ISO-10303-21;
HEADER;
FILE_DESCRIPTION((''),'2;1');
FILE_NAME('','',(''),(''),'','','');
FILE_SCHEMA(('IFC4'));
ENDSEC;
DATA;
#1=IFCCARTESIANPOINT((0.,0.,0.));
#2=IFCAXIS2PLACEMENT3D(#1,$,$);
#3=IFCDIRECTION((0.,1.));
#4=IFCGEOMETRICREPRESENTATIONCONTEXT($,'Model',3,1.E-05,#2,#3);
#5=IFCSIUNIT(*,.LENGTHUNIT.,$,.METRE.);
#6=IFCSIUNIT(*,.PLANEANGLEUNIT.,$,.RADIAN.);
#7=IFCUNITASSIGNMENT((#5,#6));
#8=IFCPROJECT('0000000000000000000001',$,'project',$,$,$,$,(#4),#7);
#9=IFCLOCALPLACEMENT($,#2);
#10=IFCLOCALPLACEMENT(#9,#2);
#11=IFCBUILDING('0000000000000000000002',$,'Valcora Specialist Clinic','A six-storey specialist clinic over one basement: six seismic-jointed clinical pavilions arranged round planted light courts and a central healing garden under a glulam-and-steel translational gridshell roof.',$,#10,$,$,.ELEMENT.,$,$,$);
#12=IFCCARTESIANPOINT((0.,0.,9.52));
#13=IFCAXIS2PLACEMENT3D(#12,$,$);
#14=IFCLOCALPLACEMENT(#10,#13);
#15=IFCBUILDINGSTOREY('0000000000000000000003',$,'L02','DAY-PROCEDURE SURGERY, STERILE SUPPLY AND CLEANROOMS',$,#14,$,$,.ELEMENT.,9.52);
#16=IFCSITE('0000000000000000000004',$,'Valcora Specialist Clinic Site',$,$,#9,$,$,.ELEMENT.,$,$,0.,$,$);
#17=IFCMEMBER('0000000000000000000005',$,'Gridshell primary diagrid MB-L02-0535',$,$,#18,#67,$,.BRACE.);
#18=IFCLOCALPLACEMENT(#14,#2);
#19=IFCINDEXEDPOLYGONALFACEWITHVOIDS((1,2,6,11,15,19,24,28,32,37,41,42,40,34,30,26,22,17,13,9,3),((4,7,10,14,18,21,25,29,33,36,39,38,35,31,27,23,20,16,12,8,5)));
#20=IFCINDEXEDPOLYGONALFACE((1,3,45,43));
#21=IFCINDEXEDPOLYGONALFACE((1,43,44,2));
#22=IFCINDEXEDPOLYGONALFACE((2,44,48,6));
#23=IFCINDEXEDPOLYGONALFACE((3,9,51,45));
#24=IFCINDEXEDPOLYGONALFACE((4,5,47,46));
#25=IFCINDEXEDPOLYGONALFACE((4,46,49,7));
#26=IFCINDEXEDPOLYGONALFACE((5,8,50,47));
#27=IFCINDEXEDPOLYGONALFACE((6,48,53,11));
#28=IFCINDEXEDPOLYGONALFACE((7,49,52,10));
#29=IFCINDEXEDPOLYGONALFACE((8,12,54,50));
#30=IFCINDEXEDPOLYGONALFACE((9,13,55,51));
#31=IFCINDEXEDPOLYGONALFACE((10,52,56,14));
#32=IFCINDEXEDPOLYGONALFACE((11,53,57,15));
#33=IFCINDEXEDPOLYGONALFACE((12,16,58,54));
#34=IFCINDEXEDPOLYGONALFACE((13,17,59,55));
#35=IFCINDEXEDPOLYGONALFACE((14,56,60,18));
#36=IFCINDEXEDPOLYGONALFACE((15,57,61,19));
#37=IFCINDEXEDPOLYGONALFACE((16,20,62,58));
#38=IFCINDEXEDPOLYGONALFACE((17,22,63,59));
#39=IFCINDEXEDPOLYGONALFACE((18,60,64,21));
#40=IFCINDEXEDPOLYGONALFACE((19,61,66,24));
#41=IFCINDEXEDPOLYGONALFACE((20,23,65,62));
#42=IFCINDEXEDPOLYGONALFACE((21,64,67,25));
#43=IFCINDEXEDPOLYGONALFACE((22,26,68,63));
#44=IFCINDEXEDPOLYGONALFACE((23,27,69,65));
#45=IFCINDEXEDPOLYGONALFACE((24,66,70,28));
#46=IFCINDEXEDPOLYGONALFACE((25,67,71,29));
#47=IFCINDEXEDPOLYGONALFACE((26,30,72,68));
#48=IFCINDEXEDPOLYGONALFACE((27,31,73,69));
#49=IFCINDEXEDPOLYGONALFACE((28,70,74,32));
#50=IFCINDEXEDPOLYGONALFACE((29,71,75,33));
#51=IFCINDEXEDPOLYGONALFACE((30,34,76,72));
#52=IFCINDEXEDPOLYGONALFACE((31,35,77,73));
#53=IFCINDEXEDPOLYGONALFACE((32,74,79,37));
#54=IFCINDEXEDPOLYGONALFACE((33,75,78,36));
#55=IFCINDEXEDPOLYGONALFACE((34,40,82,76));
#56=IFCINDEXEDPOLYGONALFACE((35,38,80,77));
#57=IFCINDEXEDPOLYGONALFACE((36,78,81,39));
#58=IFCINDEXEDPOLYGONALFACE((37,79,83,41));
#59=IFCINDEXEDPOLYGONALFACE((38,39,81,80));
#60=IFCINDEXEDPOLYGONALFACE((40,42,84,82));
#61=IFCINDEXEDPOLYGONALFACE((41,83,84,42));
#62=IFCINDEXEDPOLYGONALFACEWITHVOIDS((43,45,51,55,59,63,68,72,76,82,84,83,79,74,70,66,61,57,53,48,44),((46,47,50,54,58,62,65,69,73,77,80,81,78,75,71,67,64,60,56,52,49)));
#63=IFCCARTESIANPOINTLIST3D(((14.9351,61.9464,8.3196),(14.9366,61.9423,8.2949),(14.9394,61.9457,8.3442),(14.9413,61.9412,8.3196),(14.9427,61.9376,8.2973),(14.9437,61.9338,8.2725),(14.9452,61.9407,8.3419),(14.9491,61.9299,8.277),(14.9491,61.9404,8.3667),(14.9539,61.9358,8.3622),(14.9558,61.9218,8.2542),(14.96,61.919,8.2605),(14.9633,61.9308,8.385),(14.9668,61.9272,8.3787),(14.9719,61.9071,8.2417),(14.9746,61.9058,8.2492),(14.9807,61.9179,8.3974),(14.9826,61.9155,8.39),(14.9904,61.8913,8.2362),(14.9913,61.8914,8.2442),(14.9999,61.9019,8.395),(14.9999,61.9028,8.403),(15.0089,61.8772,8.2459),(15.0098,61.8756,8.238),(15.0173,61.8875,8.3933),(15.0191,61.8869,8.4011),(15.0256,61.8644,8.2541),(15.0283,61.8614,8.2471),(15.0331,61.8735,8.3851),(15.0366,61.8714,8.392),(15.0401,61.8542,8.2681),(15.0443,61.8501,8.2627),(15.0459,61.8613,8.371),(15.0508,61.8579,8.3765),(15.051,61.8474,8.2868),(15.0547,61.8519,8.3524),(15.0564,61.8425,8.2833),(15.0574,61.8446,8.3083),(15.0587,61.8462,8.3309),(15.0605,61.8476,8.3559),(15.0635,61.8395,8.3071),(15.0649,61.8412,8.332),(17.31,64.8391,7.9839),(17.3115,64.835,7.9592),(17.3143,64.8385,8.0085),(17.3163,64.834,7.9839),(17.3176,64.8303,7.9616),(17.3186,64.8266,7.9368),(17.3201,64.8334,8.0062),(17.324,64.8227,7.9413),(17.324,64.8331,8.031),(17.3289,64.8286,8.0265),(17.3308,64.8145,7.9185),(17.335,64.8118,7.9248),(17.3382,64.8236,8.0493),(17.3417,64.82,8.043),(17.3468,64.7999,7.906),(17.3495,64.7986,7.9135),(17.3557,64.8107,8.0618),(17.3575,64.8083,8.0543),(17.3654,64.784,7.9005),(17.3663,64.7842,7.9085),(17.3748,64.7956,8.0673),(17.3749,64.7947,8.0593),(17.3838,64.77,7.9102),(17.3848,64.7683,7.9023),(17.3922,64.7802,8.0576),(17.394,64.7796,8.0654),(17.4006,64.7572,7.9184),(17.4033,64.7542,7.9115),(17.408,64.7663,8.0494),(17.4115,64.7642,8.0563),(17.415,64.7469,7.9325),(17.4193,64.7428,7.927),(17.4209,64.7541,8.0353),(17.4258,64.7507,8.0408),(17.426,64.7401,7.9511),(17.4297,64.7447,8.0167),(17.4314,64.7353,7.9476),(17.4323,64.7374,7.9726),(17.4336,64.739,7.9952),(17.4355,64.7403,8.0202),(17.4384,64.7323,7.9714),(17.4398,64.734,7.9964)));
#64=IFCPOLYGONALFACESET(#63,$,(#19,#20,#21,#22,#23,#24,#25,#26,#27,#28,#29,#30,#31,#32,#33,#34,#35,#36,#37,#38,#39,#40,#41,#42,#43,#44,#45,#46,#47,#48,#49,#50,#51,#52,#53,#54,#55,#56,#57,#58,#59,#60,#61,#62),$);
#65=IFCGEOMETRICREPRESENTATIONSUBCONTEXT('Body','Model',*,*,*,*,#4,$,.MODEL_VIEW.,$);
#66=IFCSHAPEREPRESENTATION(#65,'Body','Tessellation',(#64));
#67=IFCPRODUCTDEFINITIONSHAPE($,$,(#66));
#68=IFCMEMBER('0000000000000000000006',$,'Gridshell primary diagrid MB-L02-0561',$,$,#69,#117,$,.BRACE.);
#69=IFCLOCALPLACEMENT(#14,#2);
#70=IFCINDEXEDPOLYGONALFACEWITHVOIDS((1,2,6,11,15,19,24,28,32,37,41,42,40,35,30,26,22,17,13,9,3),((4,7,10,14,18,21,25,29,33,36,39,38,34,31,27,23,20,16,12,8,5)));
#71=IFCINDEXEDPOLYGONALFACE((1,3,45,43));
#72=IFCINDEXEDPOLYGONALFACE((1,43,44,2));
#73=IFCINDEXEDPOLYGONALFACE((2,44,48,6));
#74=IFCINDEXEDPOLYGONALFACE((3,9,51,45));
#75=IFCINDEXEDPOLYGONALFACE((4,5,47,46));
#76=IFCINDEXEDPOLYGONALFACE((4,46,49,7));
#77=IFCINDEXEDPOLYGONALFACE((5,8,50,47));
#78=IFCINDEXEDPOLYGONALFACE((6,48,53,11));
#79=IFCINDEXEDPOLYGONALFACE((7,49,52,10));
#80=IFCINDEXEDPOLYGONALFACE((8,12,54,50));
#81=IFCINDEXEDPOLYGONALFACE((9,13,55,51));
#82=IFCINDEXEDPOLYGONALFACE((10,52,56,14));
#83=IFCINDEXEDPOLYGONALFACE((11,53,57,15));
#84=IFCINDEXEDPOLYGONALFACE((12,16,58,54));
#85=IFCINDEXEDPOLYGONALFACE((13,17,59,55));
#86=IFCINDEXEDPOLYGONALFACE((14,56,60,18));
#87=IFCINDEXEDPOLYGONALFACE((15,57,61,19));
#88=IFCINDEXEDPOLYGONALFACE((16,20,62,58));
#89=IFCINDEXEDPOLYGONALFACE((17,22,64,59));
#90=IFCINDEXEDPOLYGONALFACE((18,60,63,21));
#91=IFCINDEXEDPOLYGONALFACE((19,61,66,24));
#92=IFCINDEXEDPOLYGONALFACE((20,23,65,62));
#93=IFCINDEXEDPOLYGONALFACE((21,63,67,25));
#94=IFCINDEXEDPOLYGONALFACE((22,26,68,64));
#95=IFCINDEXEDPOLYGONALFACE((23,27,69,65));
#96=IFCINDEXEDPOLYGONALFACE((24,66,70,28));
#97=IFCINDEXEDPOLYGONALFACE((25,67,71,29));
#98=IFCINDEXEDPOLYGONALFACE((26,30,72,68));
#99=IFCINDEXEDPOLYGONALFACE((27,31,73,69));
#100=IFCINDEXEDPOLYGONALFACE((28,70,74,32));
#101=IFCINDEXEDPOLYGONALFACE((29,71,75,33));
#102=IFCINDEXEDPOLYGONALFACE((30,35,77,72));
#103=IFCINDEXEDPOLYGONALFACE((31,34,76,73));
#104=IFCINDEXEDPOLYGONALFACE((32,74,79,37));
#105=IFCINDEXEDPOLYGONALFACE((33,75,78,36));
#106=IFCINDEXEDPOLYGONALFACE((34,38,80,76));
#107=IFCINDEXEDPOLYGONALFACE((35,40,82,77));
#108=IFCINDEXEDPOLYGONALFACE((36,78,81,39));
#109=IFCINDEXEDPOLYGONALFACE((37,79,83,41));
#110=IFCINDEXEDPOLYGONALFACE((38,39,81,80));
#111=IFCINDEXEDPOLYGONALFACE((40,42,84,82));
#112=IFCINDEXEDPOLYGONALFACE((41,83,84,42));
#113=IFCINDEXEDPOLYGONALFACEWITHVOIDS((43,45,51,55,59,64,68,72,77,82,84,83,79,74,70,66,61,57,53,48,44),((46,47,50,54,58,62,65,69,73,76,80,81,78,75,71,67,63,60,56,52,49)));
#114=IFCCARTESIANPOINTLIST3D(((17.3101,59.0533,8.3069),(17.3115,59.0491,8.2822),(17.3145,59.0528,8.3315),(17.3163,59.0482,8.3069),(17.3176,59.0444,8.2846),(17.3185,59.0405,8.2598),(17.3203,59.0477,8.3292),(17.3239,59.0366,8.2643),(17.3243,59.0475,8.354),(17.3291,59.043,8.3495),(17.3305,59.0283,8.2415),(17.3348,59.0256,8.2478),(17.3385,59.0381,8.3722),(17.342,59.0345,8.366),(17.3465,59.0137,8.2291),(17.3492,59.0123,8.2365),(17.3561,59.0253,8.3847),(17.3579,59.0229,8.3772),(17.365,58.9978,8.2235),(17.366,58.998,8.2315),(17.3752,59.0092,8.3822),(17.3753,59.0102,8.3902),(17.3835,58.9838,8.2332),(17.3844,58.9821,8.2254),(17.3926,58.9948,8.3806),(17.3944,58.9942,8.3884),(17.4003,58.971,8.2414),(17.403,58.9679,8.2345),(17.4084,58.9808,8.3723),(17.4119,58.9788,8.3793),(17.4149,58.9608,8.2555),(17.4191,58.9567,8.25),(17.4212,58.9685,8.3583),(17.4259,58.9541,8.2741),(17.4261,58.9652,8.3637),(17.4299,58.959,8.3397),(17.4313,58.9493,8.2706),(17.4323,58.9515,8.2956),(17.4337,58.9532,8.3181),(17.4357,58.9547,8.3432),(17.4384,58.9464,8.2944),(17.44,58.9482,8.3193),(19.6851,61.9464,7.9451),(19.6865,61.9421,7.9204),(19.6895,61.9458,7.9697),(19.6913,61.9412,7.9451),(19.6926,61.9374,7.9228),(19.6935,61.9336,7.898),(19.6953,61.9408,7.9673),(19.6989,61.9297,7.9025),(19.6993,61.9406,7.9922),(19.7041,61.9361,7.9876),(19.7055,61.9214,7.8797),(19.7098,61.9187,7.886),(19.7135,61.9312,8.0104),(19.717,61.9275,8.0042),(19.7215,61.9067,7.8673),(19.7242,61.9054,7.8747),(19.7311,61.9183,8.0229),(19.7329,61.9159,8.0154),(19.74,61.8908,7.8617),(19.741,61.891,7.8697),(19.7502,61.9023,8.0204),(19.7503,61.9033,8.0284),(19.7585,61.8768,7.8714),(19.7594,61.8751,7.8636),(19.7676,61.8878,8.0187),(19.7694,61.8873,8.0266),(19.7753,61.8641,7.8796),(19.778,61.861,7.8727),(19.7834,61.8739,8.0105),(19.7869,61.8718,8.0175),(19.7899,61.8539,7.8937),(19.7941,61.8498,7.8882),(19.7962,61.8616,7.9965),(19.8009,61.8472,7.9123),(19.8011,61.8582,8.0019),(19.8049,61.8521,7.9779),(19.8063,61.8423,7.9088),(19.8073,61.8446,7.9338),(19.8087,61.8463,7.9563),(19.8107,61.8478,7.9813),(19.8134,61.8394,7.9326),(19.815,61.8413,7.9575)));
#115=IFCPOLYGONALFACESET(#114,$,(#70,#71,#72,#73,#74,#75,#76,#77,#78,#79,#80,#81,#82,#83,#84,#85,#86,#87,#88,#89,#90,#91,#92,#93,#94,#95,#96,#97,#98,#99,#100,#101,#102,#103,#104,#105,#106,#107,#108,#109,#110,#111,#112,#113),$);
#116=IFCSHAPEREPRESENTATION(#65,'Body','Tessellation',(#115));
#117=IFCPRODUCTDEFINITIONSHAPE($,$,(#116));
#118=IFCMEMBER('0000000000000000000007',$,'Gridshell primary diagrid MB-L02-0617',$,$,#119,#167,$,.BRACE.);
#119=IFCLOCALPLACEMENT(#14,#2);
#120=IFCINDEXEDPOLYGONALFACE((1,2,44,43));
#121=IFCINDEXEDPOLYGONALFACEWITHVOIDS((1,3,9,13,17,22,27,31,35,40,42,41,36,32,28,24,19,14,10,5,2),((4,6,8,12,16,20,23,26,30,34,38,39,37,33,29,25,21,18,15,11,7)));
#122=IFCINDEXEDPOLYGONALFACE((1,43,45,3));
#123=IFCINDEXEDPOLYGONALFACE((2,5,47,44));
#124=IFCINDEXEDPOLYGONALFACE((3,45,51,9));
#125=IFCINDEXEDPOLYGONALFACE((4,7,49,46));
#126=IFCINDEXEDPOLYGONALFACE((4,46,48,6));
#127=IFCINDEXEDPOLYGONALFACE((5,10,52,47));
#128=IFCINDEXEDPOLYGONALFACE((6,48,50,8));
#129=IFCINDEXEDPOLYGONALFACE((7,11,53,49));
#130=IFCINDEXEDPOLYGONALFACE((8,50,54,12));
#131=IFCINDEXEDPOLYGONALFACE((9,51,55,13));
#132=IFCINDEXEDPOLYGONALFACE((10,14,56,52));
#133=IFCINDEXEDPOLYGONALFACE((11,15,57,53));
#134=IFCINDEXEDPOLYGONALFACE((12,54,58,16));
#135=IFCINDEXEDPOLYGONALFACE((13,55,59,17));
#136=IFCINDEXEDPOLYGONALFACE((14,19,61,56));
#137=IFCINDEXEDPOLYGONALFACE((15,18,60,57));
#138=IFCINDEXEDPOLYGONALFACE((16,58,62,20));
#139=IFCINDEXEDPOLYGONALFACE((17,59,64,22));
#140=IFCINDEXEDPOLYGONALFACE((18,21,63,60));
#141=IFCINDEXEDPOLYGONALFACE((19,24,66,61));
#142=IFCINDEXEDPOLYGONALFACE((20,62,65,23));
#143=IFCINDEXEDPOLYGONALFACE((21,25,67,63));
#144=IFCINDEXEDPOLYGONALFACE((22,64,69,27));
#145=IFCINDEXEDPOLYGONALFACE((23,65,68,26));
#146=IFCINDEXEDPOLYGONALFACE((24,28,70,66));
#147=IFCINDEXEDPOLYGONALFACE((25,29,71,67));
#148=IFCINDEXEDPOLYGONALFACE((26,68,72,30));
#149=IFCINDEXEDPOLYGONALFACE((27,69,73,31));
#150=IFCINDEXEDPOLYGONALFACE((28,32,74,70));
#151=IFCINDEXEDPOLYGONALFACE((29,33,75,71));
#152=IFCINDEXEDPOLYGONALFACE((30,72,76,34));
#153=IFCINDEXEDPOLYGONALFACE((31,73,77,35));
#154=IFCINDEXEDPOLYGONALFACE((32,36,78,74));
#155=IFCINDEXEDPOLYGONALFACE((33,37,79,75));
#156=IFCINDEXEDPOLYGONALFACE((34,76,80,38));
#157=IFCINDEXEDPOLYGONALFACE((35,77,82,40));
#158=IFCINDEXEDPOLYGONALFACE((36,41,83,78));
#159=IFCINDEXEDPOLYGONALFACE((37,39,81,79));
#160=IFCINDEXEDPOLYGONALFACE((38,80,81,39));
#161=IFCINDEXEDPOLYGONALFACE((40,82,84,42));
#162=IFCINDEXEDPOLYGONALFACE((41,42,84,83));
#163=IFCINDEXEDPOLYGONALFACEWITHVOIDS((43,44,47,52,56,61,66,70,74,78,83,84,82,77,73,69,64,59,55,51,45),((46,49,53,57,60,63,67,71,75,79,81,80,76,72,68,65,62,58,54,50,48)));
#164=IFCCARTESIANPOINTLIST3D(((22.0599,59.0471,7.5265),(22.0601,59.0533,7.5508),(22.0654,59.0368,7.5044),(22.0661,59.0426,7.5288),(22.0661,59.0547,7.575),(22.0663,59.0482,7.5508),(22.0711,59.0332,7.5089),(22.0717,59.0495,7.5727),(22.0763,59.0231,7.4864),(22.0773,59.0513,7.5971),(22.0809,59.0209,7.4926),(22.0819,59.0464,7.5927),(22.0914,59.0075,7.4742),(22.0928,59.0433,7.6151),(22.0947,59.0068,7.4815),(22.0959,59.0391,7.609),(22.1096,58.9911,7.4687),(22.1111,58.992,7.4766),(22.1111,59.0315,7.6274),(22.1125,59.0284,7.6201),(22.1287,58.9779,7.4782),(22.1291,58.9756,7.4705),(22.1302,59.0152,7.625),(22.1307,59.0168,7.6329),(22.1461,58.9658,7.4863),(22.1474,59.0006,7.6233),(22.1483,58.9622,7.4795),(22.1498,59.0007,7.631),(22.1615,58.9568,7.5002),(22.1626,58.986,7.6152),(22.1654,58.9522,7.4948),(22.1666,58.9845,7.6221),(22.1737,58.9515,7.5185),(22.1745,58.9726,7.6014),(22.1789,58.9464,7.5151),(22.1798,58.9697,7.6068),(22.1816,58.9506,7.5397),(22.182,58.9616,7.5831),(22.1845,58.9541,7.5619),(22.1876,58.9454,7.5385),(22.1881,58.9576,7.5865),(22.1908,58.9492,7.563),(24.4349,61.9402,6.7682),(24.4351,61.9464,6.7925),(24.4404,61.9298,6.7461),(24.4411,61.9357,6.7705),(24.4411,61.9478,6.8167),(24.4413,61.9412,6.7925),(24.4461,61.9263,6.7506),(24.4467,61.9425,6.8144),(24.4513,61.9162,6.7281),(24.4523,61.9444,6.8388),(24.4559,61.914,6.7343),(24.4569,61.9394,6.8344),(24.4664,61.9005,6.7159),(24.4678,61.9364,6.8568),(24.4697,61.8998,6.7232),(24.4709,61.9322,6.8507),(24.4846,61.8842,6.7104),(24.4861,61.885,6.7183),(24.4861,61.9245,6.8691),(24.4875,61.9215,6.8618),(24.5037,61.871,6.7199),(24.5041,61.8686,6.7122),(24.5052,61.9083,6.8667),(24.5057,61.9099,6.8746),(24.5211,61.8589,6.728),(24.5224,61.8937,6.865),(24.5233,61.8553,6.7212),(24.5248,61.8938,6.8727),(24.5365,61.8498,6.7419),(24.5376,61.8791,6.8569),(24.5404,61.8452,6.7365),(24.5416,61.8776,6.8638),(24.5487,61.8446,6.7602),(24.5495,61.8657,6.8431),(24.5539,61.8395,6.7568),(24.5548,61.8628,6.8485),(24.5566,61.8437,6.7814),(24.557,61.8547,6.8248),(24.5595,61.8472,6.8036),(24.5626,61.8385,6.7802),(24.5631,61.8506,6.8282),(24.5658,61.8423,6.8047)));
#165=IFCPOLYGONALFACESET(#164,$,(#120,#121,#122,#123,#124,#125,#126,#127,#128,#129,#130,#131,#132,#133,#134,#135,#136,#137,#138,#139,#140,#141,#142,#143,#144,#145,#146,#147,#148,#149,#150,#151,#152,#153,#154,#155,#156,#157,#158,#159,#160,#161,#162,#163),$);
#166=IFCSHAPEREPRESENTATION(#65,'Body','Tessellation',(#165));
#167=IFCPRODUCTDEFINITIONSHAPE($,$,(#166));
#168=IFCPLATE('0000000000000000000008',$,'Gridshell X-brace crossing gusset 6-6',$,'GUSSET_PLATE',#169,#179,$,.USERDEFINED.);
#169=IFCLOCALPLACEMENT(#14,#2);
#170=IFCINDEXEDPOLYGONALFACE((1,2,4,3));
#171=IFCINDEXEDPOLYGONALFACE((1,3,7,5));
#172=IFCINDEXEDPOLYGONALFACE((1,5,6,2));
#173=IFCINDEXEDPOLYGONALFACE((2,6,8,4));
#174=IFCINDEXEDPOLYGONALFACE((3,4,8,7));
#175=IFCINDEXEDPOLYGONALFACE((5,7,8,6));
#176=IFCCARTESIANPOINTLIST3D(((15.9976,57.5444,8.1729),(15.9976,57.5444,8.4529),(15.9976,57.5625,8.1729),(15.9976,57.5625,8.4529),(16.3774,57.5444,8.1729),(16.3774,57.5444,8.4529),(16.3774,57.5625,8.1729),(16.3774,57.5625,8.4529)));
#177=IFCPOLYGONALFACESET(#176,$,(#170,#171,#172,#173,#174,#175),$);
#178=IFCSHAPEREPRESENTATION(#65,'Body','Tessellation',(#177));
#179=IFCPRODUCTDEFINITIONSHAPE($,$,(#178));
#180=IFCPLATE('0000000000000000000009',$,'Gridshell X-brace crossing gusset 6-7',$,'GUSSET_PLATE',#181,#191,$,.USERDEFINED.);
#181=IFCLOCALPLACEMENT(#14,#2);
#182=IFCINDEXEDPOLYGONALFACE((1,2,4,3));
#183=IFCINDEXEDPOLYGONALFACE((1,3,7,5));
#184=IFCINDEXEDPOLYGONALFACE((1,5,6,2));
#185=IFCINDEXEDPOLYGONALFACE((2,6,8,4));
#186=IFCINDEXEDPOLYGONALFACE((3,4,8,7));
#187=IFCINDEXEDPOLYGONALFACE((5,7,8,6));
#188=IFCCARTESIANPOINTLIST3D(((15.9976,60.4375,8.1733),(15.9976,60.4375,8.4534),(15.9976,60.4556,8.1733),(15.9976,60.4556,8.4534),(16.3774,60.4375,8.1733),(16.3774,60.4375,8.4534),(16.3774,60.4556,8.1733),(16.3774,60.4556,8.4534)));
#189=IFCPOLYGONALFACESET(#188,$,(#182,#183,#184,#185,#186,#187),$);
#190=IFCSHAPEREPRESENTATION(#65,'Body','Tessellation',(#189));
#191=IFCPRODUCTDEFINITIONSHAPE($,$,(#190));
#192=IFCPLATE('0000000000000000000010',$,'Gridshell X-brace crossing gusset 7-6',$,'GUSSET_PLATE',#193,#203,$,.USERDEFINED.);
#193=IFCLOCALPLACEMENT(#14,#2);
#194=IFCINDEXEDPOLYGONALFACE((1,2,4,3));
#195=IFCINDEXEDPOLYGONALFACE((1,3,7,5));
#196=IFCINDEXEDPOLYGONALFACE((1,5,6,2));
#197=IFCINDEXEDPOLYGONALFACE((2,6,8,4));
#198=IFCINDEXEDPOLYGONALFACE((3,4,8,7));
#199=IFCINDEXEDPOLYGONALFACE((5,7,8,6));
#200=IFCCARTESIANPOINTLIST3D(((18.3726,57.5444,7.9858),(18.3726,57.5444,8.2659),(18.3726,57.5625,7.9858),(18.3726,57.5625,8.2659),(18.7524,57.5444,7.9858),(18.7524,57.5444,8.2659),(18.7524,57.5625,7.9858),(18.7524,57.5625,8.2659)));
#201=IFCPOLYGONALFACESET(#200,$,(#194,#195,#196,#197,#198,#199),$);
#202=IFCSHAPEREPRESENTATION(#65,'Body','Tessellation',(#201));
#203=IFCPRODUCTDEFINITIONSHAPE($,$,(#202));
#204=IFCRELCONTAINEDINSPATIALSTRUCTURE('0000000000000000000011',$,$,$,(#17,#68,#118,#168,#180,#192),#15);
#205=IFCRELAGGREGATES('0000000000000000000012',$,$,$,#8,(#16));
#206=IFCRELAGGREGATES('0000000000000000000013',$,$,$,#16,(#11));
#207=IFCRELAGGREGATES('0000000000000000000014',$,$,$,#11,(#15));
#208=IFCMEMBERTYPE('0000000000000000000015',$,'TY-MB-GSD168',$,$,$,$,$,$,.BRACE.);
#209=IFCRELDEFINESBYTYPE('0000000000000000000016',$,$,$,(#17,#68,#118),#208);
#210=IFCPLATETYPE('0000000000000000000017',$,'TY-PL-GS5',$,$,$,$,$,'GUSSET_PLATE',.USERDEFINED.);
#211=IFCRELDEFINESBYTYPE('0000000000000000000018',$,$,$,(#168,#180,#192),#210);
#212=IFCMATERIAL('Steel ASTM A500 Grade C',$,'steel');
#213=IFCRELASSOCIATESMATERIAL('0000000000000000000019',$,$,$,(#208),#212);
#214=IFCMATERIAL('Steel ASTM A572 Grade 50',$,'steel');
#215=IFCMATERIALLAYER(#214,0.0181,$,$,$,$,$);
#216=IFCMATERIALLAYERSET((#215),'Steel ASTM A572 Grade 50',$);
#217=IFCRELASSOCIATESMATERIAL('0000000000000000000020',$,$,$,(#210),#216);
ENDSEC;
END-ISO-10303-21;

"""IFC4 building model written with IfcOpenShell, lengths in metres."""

from ifc_helpers import new_model, si_unit, direction, frame, origin, origin_2d, place, context, subcontext, project, spatial, rectangle, hollow_circle, extrude, material, layer, layer_set, material_profile, profile_set, type_object, element, save


model = new_model("IFC4")

# Units and contexts
model_context = context("Model", 3, precision=1e-05, world=origin(), true_north=direction((0.0, 1.0)))
body_context = subcontext(model_context, "Body", "Model", "MODEL_VIEW")
ifc_project = project(units=[si_unit("LENGTHUNIT", "METRE"), si_unit("PLANEANGLEUNIT", "RADIAN")], contexts=[model_context])

# Site, building, storey
site_placement = place(None, origin())
site = spatial("IfcSite", under=ifc_project, at=site_placement, Name="Valcora Specialist Clinic Site", CompositionType="ELEMENT", RefElevation=0.0)
building_placement = place(site_placement, origin())
building = spatial("IfcBuilding", under=site, at=building_placement, Name="Valcora Specialist Clinic", Description="A six-storey specialist clinic over one basement: six seismic-jointed clinical pavilions arranged round planted light courts and a central healing garden under a glulam-and-steel translational gridshell roof.", CompositionType="ELEMENT")
storey_placement = place(building_placement, frame((0.0, 0.0, 9.52)))
storey = spatial("IfcBuildingStorey", under=building, at=storey_placement, Name="L02", Description="DAY-PROCEDURE SURGERY, STERILE SUPPLY AND CLEANROOMS", CompositionType="ELEMENT", Elevation=9.52)

# Members
ifc_material_1 = material(Name="Steel ASTM A500 Grade C", Category="steel")
ifc_material_profile_1 = material_profile(ifc_material_1, hollow_circle(Radius=0.084, WallThickness=0.0081, at=origin_2d()), Name="ST-CHS-168X8")
ifc_profile_set_1 = profile_set([ifc_material_profile_1], Name="Steel ASTM A500 Grade C")
member_type_1 = type_object("IfcMemberType", Name="TY-MB-GSD168", PredefinedType="BRACE", material=ifc_profile_set_1)
member_1_placement = place(storey_placement, frame((15.0, 61.8931, 8.3196), z_axis=(0.632004, 0.7698, -0.08933), x_axis=(-0.77289, 0.63454, 0.0)))
element("IfcMember", 1, at=member_1_placement, inside=storey, type_object=member_type_1, Name="Gridshell primary diagrid MB-L02-0535", PredefinedType="BRACE", context=body_context, shape_type="SweptSolid", body=[
    extrude(hollow_circle(Radius=0.084, WallThickness=0.0081, at=origin_2d()), origin(), (0.0, 0.0, 1.0), 3.7578),
])
member_2_placement = place(storey_placement, frame((17.375, 59.0, 8.3069), z_axis=(0.631565, 0.76933, -0.096215), x_axis=(-0.772916, 0.634508, 0.0)))
element("IfcMember", 2, at=member_2_placement, inside=storey, type_object=member_type_1, Name="Gridshell primary diagrid MB-L02-0561", PredefinedType="BRACE", context=body_context, shape_type="SweptSolid", body=[
    extrude(hollow_circle(Radius=0.084, WallThickness=0.0081, at=origin_2d()), origin(), (0.0, 0.0, 1.0), 3.7605),
])
member_3_placement = place(storey_placement, frame((22.125, 59.0, 7.5508), z_axis=(0.621875, 0.757527, -0.198555), x_axis=(-0.772916, 0.634508, 0.0)))
element("IfcMember", 3, at=member_3_placement, inside=storey, type_object=member_type_1, Name="Gridshell primary diagrid MB-L02-0617", PredefinedType="BRACE", context=body_context, shape_type="SweptSolid", body=[
    extrude(hollow_circle(Radius=0.084, WallThickness=0.0081, at=origin_2d()), origin(), (0.0, 0.0, 1.0), 3.8191),
])

# Plates
ifc_material_2 = material(Name="Steel ASTM A572 Grade 50", Category="steel")
ifc_layer = layer(ifc_material_2, 0.0181)
ifc_layer_set = layer_set([ifc_layer], Name="Steel ASTM A572 Grade 50")
plate_type = type_object("IfcPlateType", Name="TY-PL-GS5", ElementType="GUSSET_PLATE", PredefinedType="USERDEFINED", material=ifc_layer_set)
for number, where, z_axis, x_axis, name in (
    (4, (16.1875, 57.5535, 8.1729), (0.0, 0.0, 1.0), (1.0, 0.0, 0.0), "Gridshell X-brace crossing gusset 6-6"),
    (5, (16.1875, 60.4465, 8.1733), (0.0, 0.0, 1.0), (1.0, 0.0, 0.0), "Gridshell X-brace crossing gusset 6-7"),
    (6, (18.5625, 57.5535, 7.9858), (0.0, 0.0, 1.0), (1.0, 0.0, 0.0), "Gridshell X-brace crossing gusset 7-6"),
):
    element("IfcPlate", number, at=place(storey_placement, frame(where, z_axis=z_axis, x_axis=x_axis)), inside=storey, type_object=plate_type, Name=name, ObjectType="GUSSET_PLATE", PredefinedType="USERDEFINED", context=body_context, shape_type="SweptSolid", body=[
        extrude(rectangle(XDim=0.3799, YDim=0.0181, at=origin_2d()), origin(), (0.0, 0.0, 1.0), 0.28),
    ])

save(model, "model.ifc")
